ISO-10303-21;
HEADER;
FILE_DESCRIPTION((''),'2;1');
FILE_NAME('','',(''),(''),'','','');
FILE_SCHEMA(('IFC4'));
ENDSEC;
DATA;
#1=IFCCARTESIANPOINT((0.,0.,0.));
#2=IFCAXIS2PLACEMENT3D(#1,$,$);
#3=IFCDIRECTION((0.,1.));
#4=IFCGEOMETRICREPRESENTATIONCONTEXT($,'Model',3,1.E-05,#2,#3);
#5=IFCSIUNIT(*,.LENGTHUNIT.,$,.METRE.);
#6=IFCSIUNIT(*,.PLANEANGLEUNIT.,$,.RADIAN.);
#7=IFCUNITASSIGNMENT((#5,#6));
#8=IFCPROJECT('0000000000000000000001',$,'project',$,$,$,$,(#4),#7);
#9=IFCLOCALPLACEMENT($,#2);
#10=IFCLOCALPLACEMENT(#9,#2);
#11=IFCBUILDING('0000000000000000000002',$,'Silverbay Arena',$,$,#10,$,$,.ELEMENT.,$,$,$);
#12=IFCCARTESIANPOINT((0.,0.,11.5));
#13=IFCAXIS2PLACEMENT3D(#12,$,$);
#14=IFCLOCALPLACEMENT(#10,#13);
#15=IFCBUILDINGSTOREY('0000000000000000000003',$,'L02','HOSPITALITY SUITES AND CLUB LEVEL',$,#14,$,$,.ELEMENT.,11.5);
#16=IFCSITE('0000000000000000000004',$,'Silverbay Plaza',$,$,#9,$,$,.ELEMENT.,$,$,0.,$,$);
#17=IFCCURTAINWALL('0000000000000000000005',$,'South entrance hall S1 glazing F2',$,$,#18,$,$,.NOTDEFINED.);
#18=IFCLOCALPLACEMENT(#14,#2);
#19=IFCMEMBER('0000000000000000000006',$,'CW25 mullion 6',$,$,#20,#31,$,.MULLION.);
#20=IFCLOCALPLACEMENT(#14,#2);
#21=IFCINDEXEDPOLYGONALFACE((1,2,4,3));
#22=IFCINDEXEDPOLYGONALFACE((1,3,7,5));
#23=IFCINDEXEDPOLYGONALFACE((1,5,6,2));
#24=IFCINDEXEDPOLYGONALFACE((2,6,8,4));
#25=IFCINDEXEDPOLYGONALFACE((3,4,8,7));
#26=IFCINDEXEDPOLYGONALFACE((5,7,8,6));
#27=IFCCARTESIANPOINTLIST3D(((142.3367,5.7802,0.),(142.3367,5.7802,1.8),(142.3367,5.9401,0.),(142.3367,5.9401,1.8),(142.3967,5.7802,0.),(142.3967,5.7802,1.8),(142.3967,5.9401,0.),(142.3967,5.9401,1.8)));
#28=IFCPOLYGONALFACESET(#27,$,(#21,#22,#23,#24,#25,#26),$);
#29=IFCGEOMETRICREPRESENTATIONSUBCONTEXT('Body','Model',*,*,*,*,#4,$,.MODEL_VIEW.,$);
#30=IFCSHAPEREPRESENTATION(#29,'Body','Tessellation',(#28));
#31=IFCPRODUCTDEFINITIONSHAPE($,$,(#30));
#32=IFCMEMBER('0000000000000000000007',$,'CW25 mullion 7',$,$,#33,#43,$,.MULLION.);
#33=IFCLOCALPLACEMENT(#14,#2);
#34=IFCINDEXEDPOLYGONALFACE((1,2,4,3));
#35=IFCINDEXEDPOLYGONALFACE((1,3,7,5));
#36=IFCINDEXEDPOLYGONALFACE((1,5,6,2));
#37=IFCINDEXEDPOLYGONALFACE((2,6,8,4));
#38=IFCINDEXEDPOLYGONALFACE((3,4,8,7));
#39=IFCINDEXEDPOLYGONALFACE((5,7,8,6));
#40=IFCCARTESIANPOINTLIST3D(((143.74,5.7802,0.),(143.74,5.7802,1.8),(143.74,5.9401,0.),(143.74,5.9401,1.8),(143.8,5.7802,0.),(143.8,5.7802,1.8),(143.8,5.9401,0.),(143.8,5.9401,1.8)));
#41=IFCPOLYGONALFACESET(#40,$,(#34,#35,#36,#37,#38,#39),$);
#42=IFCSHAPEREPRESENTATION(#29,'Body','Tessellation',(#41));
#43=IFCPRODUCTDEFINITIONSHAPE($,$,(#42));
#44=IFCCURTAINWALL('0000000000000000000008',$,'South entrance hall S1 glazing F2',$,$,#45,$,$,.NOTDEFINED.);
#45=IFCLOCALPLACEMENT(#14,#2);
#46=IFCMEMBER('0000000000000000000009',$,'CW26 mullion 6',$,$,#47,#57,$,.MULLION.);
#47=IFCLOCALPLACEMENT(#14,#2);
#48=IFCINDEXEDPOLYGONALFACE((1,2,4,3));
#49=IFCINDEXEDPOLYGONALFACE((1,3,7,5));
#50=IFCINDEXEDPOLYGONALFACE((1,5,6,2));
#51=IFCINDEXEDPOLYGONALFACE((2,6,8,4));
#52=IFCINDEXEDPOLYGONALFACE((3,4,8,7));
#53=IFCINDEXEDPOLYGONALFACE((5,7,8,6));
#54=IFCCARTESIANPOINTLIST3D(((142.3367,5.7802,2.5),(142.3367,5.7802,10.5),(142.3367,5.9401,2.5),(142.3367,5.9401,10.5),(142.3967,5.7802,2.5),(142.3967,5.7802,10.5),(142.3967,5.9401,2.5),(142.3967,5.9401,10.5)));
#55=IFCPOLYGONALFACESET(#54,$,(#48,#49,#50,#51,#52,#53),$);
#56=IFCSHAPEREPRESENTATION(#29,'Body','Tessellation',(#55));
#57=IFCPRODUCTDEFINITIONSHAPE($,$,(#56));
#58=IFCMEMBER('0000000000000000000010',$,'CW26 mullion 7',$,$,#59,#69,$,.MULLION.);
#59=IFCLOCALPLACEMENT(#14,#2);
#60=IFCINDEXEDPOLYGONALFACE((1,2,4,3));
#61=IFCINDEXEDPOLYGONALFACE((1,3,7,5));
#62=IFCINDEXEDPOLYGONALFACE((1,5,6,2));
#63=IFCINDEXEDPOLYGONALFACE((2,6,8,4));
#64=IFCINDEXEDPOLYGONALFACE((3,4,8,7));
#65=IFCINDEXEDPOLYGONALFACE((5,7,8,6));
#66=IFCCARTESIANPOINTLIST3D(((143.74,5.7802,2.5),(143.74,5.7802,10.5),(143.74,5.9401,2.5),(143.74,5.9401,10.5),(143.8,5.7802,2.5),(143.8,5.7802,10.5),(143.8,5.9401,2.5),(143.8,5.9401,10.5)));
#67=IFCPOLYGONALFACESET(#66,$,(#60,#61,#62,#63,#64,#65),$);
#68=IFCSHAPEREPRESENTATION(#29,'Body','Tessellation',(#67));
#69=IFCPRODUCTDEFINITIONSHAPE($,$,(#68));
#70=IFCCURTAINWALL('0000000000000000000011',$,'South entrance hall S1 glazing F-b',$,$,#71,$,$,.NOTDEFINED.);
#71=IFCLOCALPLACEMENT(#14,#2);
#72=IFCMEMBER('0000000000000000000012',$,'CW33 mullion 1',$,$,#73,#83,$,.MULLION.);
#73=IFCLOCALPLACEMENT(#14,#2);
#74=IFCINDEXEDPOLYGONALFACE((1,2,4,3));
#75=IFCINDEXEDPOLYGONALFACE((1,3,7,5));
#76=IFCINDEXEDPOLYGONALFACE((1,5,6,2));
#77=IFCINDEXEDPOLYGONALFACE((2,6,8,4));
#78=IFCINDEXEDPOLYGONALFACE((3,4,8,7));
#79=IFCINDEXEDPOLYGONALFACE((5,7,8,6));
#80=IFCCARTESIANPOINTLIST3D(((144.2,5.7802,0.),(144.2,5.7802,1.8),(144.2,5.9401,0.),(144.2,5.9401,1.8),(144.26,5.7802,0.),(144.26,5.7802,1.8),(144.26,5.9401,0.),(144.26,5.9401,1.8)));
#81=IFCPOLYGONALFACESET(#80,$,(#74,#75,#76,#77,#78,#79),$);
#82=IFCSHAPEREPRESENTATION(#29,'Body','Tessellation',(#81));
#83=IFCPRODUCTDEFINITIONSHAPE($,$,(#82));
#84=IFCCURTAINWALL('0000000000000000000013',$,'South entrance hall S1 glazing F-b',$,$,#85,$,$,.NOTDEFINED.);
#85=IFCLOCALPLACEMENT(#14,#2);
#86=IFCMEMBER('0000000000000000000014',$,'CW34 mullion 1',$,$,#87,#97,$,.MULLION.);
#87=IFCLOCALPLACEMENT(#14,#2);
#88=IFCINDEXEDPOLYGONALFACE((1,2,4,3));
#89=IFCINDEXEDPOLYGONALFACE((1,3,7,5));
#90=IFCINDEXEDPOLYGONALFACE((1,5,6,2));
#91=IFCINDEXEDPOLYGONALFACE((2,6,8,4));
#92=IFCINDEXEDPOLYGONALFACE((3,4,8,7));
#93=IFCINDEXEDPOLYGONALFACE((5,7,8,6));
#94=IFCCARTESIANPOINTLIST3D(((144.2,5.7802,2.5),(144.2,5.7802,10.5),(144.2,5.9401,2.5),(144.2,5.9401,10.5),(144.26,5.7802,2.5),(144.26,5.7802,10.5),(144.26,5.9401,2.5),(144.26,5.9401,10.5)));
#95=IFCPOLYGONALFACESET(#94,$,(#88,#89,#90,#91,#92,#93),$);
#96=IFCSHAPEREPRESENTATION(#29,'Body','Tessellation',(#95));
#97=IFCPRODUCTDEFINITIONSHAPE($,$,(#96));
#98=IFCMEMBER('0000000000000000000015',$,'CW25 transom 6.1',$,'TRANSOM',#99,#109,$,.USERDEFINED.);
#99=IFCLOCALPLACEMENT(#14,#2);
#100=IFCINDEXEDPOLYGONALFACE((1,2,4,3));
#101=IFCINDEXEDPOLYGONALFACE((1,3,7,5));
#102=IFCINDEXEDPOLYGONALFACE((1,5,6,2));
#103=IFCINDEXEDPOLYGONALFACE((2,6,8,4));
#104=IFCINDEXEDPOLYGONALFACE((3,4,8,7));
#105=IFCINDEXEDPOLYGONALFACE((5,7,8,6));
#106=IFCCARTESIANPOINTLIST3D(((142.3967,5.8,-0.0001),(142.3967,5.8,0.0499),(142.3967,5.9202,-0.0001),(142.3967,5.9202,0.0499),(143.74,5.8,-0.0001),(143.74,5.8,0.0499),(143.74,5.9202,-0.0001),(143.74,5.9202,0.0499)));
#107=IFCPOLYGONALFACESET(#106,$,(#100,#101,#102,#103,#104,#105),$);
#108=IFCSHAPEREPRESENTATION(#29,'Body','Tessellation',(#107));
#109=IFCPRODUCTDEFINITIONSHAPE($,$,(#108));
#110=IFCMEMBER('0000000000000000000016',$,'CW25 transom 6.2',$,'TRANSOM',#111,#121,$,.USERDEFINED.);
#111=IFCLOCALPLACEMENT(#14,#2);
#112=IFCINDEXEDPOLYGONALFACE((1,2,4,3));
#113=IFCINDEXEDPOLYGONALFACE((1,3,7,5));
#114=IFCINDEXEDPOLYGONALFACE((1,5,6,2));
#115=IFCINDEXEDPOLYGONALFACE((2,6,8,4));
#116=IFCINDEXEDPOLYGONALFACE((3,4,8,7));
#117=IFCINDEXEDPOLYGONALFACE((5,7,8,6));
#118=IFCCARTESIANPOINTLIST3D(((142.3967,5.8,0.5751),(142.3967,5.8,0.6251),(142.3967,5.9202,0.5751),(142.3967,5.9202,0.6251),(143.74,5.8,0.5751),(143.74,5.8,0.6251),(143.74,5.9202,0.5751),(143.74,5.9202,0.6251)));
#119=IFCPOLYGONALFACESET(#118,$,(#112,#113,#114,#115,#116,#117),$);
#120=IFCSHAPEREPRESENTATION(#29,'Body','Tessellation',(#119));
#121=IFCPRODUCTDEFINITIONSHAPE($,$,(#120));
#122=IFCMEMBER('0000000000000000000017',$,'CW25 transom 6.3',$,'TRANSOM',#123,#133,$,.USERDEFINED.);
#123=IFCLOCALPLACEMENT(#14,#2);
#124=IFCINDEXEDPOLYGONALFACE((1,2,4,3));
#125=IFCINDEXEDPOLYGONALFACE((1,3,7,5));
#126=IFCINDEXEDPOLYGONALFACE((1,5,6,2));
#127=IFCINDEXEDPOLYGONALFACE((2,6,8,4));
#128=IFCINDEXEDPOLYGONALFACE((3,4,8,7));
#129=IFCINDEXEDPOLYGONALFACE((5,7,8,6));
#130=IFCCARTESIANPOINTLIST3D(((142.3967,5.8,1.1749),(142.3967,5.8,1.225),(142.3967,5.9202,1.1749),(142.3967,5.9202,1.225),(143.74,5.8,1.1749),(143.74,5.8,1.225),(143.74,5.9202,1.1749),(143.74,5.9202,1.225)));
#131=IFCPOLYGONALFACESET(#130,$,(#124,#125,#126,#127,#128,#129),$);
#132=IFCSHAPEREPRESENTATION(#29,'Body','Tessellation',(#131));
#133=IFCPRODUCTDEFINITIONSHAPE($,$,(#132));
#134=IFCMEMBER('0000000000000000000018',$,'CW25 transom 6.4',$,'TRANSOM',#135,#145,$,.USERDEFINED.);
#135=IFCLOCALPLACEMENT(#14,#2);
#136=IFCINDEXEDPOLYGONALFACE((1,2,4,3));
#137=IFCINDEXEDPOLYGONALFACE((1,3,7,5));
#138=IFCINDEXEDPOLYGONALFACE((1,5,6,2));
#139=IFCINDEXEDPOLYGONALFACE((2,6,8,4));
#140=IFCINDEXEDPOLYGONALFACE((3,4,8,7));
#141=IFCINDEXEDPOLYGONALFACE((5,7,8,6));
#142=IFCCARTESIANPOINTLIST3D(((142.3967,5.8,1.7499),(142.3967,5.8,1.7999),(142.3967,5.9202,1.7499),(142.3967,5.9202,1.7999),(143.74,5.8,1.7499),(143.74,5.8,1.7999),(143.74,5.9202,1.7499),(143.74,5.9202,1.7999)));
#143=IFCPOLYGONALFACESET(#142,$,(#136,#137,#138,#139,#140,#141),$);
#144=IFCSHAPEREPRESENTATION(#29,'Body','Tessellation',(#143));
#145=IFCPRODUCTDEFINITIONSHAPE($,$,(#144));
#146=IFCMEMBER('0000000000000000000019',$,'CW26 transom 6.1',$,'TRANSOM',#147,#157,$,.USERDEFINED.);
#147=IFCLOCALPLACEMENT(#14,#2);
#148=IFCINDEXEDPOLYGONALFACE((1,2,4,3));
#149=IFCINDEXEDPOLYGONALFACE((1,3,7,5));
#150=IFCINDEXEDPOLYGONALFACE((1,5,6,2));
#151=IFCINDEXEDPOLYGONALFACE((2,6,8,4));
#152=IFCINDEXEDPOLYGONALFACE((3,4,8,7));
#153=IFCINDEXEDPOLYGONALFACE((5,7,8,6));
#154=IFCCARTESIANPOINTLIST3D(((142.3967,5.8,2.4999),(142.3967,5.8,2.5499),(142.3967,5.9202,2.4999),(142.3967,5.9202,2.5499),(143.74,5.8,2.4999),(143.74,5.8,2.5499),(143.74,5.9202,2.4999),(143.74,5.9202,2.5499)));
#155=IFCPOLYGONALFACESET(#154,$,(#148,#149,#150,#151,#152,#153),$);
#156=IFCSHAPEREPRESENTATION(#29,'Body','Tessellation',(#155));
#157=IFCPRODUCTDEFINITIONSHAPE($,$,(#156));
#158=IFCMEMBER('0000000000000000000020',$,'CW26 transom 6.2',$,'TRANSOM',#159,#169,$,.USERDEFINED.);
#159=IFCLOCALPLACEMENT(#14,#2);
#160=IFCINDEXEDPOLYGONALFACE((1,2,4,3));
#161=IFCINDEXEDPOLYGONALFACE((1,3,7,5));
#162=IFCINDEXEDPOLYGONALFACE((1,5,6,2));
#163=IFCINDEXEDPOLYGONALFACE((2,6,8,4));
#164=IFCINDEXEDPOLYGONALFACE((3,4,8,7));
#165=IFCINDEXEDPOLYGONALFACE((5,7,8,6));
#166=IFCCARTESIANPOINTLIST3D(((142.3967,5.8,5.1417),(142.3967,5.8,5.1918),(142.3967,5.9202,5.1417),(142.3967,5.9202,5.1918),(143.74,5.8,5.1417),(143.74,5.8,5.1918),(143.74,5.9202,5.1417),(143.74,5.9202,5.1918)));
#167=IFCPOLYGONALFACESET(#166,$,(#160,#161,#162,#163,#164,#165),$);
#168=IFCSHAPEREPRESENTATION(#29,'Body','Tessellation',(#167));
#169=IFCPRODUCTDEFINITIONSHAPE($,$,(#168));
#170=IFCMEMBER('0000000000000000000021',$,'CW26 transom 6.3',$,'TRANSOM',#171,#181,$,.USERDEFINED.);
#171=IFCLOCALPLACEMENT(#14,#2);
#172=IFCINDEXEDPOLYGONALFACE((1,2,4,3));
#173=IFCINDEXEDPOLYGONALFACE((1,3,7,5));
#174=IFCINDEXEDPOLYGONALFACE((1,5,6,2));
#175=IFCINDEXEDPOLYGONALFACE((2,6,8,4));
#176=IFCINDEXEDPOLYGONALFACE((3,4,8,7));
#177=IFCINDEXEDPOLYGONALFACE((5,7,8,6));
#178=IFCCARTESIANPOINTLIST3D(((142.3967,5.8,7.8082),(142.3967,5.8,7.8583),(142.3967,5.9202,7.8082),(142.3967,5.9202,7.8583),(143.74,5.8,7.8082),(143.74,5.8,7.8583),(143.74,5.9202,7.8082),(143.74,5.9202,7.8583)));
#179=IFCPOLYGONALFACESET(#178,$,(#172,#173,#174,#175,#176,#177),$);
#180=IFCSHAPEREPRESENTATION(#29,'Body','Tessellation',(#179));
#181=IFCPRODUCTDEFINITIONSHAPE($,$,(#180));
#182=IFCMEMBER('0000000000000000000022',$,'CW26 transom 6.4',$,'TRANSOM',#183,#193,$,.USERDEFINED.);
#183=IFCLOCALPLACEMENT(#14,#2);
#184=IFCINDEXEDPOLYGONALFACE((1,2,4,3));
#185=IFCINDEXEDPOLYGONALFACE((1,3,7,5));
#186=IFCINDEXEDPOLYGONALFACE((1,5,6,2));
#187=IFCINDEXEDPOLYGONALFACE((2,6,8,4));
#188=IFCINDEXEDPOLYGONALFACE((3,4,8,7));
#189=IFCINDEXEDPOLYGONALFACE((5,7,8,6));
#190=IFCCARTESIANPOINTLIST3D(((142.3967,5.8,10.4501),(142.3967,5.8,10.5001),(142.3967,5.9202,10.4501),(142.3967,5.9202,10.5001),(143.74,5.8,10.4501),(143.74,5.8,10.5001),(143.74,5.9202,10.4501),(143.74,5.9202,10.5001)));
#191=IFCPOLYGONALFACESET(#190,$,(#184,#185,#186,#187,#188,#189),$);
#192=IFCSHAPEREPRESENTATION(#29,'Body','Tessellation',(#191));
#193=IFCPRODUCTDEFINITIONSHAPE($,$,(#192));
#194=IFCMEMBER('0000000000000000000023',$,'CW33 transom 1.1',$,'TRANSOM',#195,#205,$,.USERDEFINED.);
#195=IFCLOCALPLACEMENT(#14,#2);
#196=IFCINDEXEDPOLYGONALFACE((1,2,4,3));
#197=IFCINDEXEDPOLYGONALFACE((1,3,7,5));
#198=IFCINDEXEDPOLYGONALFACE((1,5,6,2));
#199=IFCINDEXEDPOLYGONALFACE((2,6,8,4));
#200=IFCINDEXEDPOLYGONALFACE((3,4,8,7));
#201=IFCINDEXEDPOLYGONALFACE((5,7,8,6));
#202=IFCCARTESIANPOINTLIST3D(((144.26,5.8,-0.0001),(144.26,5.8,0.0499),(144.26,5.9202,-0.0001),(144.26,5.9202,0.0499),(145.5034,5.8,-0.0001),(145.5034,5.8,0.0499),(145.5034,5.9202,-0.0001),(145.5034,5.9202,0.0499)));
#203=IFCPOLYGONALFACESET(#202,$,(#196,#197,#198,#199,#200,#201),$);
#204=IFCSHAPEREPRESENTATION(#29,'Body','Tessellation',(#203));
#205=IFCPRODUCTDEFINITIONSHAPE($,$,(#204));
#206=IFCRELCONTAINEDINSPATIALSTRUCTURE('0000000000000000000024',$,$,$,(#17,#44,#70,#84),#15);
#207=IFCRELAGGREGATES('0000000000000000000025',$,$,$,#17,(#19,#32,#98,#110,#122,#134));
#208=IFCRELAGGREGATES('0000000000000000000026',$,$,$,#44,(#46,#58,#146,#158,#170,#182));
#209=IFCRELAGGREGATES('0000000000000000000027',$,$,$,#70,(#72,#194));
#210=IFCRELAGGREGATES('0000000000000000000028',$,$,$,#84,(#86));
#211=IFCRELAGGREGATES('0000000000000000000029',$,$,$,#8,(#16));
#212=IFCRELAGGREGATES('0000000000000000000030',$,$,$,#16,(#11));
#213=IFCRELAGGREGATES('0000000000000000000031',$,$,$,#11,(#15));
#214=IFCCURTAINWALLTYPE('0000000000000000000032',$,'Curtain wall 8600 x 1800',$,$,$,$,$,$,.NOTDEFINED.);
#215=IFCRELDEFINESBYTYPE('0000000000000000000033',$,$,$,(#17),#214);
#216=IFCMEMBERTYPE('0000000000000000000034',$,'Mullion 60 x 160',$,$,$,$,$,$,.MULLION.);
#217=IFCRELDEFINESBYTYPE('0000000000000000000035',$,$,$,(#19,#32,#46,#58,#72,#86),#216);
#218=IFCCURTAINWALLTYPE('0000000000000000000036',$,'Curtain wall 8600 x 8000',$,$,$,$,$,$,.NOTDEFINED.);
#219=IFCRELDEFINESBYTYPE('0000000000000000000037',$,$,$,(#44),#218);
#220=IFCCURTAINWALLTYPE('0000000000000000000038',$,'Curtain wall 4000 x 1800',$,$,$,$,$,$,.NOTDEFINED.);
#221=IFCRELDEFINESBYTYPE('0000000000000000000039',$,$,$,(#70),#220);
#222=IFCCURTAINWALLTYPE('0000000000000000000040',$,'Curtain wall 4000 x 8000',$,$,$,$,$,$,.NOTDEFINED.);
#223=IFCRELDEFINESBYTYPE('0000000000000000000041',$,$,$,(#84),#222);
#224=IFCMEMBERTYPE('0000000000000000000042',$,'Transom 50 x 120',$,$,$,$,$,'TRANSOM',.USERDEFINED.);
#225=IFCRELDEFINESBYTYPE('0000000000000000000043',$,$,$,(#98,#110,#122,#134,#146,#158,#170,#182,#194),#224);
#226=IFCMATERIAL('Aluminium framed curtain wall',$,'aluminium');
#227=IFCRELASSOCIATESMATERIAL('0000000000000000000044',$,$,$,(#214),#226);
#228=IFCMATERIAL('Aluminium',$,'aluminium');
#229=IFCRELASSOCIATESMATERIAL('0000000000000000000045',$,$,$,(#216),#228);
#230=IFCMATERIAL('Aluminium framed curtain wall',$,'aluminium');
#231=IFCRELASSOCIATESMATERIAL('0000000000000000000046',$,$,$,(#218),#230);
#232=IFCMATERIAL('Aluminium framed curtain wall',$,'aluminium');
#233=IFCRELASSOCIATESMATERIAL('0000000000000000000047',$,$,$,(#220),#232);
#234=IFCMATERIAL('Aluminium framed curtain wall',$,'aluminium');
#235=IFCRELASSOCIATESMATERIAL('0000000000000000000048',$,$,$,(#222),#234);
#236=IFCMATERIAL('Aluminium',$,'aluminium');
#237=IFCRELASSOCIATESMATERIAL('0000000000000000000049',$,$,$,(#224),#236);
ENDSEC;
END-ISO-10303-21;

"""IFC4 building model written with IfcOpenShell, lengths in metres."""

from ifc_helpers import new_model, si_unit, direction, frame, origin, origin_2d, place, context, subcontext, project, spatial, rectangle, extrude, material, material_profile, profile_set, type_object, element, aggregate, save


model = new_model("IFC4")

# Units and contexts
model_context = context("Model", 3, precision=1e-05, world=origin(), true_north=direction((0.0, 1.0)))
body_context = subcontext(model_context, "Body", "Model", "MODEL_VIEW")
ifc_project = project(units=[si_unit("LENGTHUNIT", "METRE"), si_unit("PLANEANGLEUNIT", "RADIAN")], contexts=[model_context])

# Site, building, storey
site_placement = place(None, origin())
site = spatial("IfcSite", under=ifc_project, at=site_placement, Name="Silverbay Plaza", CompositionType="ELEMENT", RefElevation=0.0)
building_placement = place(site_placement, origin())
building = spatial("IfcBuilding", under=site, at=building_placement, Name="Silverbay Arena", CompositionType="ELEMENT")
storey_placement = place(building_placement, frame((0.0, 0.0, 11.5)))
storey = spatial("IfcBuildingStorey", under=building, at=storey_placement, Name="L02", Description="HOSPITALITY SUITES AND CLUB LEVEL", CompositionType="ELEMENT", Elevation=11.5)

# Curtain walls, members
ifc_material_1 = material(Name="Aluminium framed curtain wall", Category="aluminium")
curtain_wall_type_1 = type_object("IfcCurtainWallType", Name="Curtain wall 8600 x 1800", PredefinedType="NOTDEFINED", material=ifc_material_1)
curtain_wall_1_placement = place(storey_placement, origin())
curtain_wall_1 = element("IfcCurtainWall", 1, at=curtain_wall_1_placement, inside=storey, type_object=curtain_wall_type_1, Name="South entrance hall S1 glazing F2", PredefinedType="NOTDEFINED")
ifc_material_2 = material(Name="Aluminium", Category="aluminium")
ifc_material_profile_1 = material_profile(ifc_material_2, rectangle(XDim=0.1599, YDim=0.0601, at=origin_2d()), Name="Mullion 60 x 160")
ifc_profile_set_1 = profile_set([ifc_material_profile_1], Name="Aluminium")
member_type_1 = type_object("IfcMemberType", Name="Mullion 60 x 160", PredefinedType="MULLION", material=ifc_profile_set_1)
member_1_placement = place(storey_placement, frame((142.3667, 5.8601, 0.0), z_axis=(0.0, 0.0, 1.0), x_axis=(0.0, 1.0, 0.0)))
member_1 = element("IfcMember", 2, at=member_1_placement, type_object=member_type_1, Name="CW25 mullion 6", PredefinedType="MULLION", context=body_context, shape_type="SweptSolid", body=[
    extrude(rectangle(XDim=0.1599, YDim=0.0601, at=origin_2d()), origin(), (0.0, 0.0, 1.0), 1.8),
])
member_2_placement = place(storey_placement, frame((143.77, 5.8601, 0.0), z_axis=(0.0, 0.0, 1.0), x_axis=(0.0, 1.0, 0.0)))
member_2 = element("IfcMember", 3, at=member_2_placement, type_object=member_type_1, Name="CW25 mullion 7", PredefinedType="MULLION", context=body_context, shape_type="SweptSolid", body=[
    extrude(rectangle(XDim=0.1599, YDim=0.0601, at=origin_2d()), origin(), (0.0, 0.0, 1.0), 1.8),
])
ifc_material_3 = material(Name="Aluminium framed curtain wall", Category="aluminium")
curtain_wall_type_2 = type_object("IfcCurtainWallType", Name="Curtain wall 8600 x 8000", PredefinedType="NOTDEFINED", material=ifc_material_3)
curtain_wall_2_placement = place(storey_placement, origin())
curtain_wall_2 = element("IfcCurtainWall", 4, at=curtain_wall_2_placement, inside=storey, type_object=curtain_wall_type_2, Name="South entrance hall S1 glazing F2", PredefinedType="NOTDEFINED")
member_3_placement = place(storey_placement, frame((142.3667, 5.8601, 2.5), z_axis=(0.0, 0.0, 1.0), x_axis=(0.0, 1.0, 0.0)))
member_3 = element("IfcMember", 5, at=member_3_placement, type_object=member_type_1, Name="CW26 mullion 6", PredefinedType="MULLION", context=body_context, shape_type="SweptSolid", body=[
    extrude(rectangle(XDim=0.1599, YDim=0.0601, at=origin_2d()), origin(), (0.0, 0.0, 1.0), 8.0),
])
member_4_placement = place(storey_placement, frame((143.77, 5.8601, 2.5), z_axis=(0.0, 0.0, 1.0), x_axis=(0.0, 1.0, 0.0)))
member_4 = element("IfcMember", 6, at=member_4_placement, type_object=member_type_1, Name="CW26 mullion 7", PredefinedType="MULLION", context=body_context, shape_type="SweptSolid", body=[
    extrude(rectangle(XDim=0.1599, YDim=0.0601, at=origin_2d()), origin(), (0.0, 0.0, 1.0), 8.0),
])

# Curtain walls, members
ifc_material_4 = material(Name="Aluminium framed curtain wall", Category="aluminium")
curtain_wall_type_3 = type_object("IfcCurtainWallType", Name="Curtain wall 4000 x 1800", PredefinedType="NOTDEFINED", material=ifc_material_4)
curtain_wall_3_placement = place(storey_placement, origin())
curtain_wall_3 = element("IfcCurtainWall", 7, at=curtain_wall_3_placement, inside=storey, type_object=curtain_wall_type_3, Name="South entrance hall S1 glazing F-b", PredefinedType="NOTDEFINED")
member_5_placement = place(storey_placement, frame((144.23, 5.8601, 0.0), z_axis=(0.0, 0.0, 1.0), x_axis=(0.0, 1.0, 0.0)))
member_5 = element("IfcMember", 8, at=member_5_placement, type_object=member_type_1, Name="CW33 mullion 1", PredefinedType="MULLION", context=body_context, shape_type="SweptSolid", body=[
    extrude(rectangle(XDim=0.1599, YDim=0.0601, at=origin_2d()), origin(), (0.0, 0.0, 1.0), 1.8),
])
ifc_material_5 = material(Name="Aluminium framed curtain wall", Category="aluminium")
curtain_wall_type_4 = type_object("IfcCurtainWallType", Name="Curtain wall 4000 x 8000", PredefinedType="NOTDEFINED", material=ifc_material_5)
curtain_wall_4_placement = place(storey_placement, origin())
curtain_wall_4 = element("IfcCurtainWall", 9, at=curtain_wall_4_placement, inside=storey, type_object=curtain_wall_type_4, Name="South entrance hall S1 glazing F-b", PredefinedType="NOTDEFINED")
member_6_placement = place(storey_placement, frame((144.23, 5.8601, 2.5), z_axis=(0.0, 0.0, 1.0), x_axis=(0.0, 1.0, 0.0)))
member_6 = element("IfcMember", 10, at=member_6_placement, type_object=member_type_1, Name="CW34 mullion 1", PredefinedType="MULLION", context=body_context, shape_type="SweptSolid", body=[
    extrude(rectangle(XDim=0.1599, YDim=0.0601, at=origin_2d()), origin(), (0.0, 0.0, 1.0), 8.0),
])

# Members
ifc_material_6 = material(Name="Aluminium", Category="aluminium")
ifc_material_profile_2 = material_profile(ifc_material_6, rectangle(XDim=0.1201, YDim=0.05, at=origin_2d()), Name="Transom 50 x 120")
ifc_profile_set_2 = profile_set([ifc_material_profile_2], Name="Aluminium")
member_type_2 = type_object("IfcMemberType", Name="Transom 50 x 120", ElementType="TRANSOM", PredefinedType="USERDEFINED", material=ifc_profile_set_2)
member_7_placement = place(storey_placement, frame((142.3967, 5.8601, 0.0249), z_axis=(1.0, 0.0, 0.0), x_axis=(0.0, 1.0, 0.0)))
member_7 = element("IfcMember", 11, at=member_7_placement, type_object=member_type_2, Name="CW25 transom 6.1", ObjectType="TRANSOM", PredefinedType="USERDEFINED", context=body_context, shape_type="SweptSolid", body=[
    extrude(rectangle(XDim=0.1201, YDim=0.05, at=origin_2d()), origin(), (0.0, 0.0, 1.0), 1.3433),
])
member_8_placement = place(storey_placement, frame((142.3967, 5.8601, 0.6001), z_axis=(1.0, 0.0, 0.0), x_axis=(0.0, 1.0, 0.0)))
member_8 = element("IfcMember", 12, at=member_8_placement, type_object=member_type_2, Name="CW25 transom 6.2", ObjectType="TRANSOM", PredefinedType="USERDEFINED", context=body_context, shape_type="SweptSolid", body=[
    extrude(rectangle(XDim=0.1201, YDim=0.05, at=origin_2d()), origin(), (0.0, 0.0, 1.0), 1.3433),
])
member_9_placement = place(storey_placement, frame((142.3967, 5.8601, 1.2), z_axis=(1.0, 0.0, 0.0), x_axis=(0.0, 1.0, 0.0)))
member_9 = element("IfcMember", 13, at=member_9_placement, type_object=member_type_2, Name="CW25 transom 6.3", ObjectType="TRANSOM", PredefinedType="USERDEFINED", context=body_context, shape_type="SweptSolid", body=[
    extrude(rectangle(XDim=0.1201, YDim=0.05, at=origin_2d()), origin(), (0.0, 0.0, 1.0), 1.3433),
])
member_10_placement = place(storey_placement, frame((142.3967, 5.8601, 1.7749), z_axis=(1.0, 0.0, 0.0), x_axis=(0.0, 1.0, 0.0)))
member_10 = element("IfcMember", 14, at=member_10_placement, type_object=member_type_2, Name="CW25 transom 6.4", ObjectType="TRANSOM", PredefinedType="USERDEFINED", context=body_context, shape_type="SweptSolid", body=[
    extrude(rectangle(XDim=0.1201, YDim=0.05, at=origin_2d()), origin(), (0.0, 0.0, 1.0), 1.3433),
])
member_11_placement = place(storey_placement, frame((142.3967, 5.8601, 2.5249), z_axis=(1.0, 0.0, 0.0), x_axis=(0.0, 1.0, 0.0)))
member_11 = element("IfcMember", 15, at=member_11_placement, type_object=member_type_2, Name="CW26 transom 6.1", ObjectType="TRANSOM", PredefinedType="USERDEFINED", context=body_context, shape_type="SweptSolid", body=[
    extrude(rectangle(XDim=0.1201, YDim=0.05, at=origin_2d()), origin(), (0.0, 0.0, 1.0), 1.3433),
])
member_12_placement = place(storey_placement, frame((142.3967, 5.8601, 5.1667), z_axis=(1.0, 0.0, 0.0), x_axis=(0.0, 1.0, 0.0)))
member_12 = element("IfcMember", 16, at=member_12_placement, type_object=member_type_2, Name="CW26 transom 6.2", ObjectType="TRANSOM", PredefinedType="USERDEFINED", context=body_context, shape_type="SweptSolid", body=[
    extrude(rectangle(XDim=0.1201, YDim=0.05, at=origin_2d()), origin(), (0.0, 0.0, 1.0), 1.3433),
])
member_13_placement = place(storey_placement, frame((142.3967, 5.8601, 7.8333), z_axis=(1.0, 0.0, 0.0), x_axis=(0.0, 1.0, 0.0)))
member_13 = element("IfcMember", 17, at=member_13_placement, type_object=member_type_2, Name="CW26 transom 6.3", ObjectType="TRANSOM", PredefinedType="USERDEFINED", context=body_context, shape_type="SweptSolid", body=[
    extrude(rectangle(XDim=0.1201, YDim=0.05, at=origin_2d()), origin(), (0.0, 0.0, 1.0), 1.3433),
])
member_14_placement = place(storey_placement, frame((142.3967, 5.8601, 10.4751), z_axis=(1.0, 0.0, 0.0), x_axis=(0.0, 1.0, 0.0)))
member_14 = element("IfcMember", 18, at=member_14_placement, type_object=member_type_2, Name="CW26 transom 6.4", ObjectType="TRANSOM", PredefinedType="USERDEFINED", context=body_context, shape_type="SweptSolid", body=[
    extrude(rectangle(XDim=0.1201, YDim=0.05, at=origin_2d()), origin(), (0.0, 0.0, 1.0), 1.3433),
])
member_15_placement = place(storey_placement, frame((144.26, 5.8601, 0.0249), z_axis=(1.0, 0.0, 0.0), x_axis=(0.0, 1.0, 0.0)))
member_15 = element("IfcMember", 19, at=member_15_placement, type_object=member_type_2, Name="CW33 transom 1.1", ObjectType="TRANSOM", PredefinedType="USERDEFINED", context=body_context, shape_type="SweptSolid", body=[
    extrude(rectangle(XDim=0.1201, YDim=0.05, at=origin_2d()), origin(), (0.0, 0.0, 1.0), 1.2434),
])

aggregate(curtain_wall_1, [member_1, member_2, member_7, member_8, member_9, member_10])
aggregate(curtain_wall_2, [member_3, member_4, member_11, member_12, member_13, member_14])
aggregate(curtain_wall_3, [member_5, member_15])
aggregate(curtain_wall_4, [member_6])

save(model, "model.ifc")
